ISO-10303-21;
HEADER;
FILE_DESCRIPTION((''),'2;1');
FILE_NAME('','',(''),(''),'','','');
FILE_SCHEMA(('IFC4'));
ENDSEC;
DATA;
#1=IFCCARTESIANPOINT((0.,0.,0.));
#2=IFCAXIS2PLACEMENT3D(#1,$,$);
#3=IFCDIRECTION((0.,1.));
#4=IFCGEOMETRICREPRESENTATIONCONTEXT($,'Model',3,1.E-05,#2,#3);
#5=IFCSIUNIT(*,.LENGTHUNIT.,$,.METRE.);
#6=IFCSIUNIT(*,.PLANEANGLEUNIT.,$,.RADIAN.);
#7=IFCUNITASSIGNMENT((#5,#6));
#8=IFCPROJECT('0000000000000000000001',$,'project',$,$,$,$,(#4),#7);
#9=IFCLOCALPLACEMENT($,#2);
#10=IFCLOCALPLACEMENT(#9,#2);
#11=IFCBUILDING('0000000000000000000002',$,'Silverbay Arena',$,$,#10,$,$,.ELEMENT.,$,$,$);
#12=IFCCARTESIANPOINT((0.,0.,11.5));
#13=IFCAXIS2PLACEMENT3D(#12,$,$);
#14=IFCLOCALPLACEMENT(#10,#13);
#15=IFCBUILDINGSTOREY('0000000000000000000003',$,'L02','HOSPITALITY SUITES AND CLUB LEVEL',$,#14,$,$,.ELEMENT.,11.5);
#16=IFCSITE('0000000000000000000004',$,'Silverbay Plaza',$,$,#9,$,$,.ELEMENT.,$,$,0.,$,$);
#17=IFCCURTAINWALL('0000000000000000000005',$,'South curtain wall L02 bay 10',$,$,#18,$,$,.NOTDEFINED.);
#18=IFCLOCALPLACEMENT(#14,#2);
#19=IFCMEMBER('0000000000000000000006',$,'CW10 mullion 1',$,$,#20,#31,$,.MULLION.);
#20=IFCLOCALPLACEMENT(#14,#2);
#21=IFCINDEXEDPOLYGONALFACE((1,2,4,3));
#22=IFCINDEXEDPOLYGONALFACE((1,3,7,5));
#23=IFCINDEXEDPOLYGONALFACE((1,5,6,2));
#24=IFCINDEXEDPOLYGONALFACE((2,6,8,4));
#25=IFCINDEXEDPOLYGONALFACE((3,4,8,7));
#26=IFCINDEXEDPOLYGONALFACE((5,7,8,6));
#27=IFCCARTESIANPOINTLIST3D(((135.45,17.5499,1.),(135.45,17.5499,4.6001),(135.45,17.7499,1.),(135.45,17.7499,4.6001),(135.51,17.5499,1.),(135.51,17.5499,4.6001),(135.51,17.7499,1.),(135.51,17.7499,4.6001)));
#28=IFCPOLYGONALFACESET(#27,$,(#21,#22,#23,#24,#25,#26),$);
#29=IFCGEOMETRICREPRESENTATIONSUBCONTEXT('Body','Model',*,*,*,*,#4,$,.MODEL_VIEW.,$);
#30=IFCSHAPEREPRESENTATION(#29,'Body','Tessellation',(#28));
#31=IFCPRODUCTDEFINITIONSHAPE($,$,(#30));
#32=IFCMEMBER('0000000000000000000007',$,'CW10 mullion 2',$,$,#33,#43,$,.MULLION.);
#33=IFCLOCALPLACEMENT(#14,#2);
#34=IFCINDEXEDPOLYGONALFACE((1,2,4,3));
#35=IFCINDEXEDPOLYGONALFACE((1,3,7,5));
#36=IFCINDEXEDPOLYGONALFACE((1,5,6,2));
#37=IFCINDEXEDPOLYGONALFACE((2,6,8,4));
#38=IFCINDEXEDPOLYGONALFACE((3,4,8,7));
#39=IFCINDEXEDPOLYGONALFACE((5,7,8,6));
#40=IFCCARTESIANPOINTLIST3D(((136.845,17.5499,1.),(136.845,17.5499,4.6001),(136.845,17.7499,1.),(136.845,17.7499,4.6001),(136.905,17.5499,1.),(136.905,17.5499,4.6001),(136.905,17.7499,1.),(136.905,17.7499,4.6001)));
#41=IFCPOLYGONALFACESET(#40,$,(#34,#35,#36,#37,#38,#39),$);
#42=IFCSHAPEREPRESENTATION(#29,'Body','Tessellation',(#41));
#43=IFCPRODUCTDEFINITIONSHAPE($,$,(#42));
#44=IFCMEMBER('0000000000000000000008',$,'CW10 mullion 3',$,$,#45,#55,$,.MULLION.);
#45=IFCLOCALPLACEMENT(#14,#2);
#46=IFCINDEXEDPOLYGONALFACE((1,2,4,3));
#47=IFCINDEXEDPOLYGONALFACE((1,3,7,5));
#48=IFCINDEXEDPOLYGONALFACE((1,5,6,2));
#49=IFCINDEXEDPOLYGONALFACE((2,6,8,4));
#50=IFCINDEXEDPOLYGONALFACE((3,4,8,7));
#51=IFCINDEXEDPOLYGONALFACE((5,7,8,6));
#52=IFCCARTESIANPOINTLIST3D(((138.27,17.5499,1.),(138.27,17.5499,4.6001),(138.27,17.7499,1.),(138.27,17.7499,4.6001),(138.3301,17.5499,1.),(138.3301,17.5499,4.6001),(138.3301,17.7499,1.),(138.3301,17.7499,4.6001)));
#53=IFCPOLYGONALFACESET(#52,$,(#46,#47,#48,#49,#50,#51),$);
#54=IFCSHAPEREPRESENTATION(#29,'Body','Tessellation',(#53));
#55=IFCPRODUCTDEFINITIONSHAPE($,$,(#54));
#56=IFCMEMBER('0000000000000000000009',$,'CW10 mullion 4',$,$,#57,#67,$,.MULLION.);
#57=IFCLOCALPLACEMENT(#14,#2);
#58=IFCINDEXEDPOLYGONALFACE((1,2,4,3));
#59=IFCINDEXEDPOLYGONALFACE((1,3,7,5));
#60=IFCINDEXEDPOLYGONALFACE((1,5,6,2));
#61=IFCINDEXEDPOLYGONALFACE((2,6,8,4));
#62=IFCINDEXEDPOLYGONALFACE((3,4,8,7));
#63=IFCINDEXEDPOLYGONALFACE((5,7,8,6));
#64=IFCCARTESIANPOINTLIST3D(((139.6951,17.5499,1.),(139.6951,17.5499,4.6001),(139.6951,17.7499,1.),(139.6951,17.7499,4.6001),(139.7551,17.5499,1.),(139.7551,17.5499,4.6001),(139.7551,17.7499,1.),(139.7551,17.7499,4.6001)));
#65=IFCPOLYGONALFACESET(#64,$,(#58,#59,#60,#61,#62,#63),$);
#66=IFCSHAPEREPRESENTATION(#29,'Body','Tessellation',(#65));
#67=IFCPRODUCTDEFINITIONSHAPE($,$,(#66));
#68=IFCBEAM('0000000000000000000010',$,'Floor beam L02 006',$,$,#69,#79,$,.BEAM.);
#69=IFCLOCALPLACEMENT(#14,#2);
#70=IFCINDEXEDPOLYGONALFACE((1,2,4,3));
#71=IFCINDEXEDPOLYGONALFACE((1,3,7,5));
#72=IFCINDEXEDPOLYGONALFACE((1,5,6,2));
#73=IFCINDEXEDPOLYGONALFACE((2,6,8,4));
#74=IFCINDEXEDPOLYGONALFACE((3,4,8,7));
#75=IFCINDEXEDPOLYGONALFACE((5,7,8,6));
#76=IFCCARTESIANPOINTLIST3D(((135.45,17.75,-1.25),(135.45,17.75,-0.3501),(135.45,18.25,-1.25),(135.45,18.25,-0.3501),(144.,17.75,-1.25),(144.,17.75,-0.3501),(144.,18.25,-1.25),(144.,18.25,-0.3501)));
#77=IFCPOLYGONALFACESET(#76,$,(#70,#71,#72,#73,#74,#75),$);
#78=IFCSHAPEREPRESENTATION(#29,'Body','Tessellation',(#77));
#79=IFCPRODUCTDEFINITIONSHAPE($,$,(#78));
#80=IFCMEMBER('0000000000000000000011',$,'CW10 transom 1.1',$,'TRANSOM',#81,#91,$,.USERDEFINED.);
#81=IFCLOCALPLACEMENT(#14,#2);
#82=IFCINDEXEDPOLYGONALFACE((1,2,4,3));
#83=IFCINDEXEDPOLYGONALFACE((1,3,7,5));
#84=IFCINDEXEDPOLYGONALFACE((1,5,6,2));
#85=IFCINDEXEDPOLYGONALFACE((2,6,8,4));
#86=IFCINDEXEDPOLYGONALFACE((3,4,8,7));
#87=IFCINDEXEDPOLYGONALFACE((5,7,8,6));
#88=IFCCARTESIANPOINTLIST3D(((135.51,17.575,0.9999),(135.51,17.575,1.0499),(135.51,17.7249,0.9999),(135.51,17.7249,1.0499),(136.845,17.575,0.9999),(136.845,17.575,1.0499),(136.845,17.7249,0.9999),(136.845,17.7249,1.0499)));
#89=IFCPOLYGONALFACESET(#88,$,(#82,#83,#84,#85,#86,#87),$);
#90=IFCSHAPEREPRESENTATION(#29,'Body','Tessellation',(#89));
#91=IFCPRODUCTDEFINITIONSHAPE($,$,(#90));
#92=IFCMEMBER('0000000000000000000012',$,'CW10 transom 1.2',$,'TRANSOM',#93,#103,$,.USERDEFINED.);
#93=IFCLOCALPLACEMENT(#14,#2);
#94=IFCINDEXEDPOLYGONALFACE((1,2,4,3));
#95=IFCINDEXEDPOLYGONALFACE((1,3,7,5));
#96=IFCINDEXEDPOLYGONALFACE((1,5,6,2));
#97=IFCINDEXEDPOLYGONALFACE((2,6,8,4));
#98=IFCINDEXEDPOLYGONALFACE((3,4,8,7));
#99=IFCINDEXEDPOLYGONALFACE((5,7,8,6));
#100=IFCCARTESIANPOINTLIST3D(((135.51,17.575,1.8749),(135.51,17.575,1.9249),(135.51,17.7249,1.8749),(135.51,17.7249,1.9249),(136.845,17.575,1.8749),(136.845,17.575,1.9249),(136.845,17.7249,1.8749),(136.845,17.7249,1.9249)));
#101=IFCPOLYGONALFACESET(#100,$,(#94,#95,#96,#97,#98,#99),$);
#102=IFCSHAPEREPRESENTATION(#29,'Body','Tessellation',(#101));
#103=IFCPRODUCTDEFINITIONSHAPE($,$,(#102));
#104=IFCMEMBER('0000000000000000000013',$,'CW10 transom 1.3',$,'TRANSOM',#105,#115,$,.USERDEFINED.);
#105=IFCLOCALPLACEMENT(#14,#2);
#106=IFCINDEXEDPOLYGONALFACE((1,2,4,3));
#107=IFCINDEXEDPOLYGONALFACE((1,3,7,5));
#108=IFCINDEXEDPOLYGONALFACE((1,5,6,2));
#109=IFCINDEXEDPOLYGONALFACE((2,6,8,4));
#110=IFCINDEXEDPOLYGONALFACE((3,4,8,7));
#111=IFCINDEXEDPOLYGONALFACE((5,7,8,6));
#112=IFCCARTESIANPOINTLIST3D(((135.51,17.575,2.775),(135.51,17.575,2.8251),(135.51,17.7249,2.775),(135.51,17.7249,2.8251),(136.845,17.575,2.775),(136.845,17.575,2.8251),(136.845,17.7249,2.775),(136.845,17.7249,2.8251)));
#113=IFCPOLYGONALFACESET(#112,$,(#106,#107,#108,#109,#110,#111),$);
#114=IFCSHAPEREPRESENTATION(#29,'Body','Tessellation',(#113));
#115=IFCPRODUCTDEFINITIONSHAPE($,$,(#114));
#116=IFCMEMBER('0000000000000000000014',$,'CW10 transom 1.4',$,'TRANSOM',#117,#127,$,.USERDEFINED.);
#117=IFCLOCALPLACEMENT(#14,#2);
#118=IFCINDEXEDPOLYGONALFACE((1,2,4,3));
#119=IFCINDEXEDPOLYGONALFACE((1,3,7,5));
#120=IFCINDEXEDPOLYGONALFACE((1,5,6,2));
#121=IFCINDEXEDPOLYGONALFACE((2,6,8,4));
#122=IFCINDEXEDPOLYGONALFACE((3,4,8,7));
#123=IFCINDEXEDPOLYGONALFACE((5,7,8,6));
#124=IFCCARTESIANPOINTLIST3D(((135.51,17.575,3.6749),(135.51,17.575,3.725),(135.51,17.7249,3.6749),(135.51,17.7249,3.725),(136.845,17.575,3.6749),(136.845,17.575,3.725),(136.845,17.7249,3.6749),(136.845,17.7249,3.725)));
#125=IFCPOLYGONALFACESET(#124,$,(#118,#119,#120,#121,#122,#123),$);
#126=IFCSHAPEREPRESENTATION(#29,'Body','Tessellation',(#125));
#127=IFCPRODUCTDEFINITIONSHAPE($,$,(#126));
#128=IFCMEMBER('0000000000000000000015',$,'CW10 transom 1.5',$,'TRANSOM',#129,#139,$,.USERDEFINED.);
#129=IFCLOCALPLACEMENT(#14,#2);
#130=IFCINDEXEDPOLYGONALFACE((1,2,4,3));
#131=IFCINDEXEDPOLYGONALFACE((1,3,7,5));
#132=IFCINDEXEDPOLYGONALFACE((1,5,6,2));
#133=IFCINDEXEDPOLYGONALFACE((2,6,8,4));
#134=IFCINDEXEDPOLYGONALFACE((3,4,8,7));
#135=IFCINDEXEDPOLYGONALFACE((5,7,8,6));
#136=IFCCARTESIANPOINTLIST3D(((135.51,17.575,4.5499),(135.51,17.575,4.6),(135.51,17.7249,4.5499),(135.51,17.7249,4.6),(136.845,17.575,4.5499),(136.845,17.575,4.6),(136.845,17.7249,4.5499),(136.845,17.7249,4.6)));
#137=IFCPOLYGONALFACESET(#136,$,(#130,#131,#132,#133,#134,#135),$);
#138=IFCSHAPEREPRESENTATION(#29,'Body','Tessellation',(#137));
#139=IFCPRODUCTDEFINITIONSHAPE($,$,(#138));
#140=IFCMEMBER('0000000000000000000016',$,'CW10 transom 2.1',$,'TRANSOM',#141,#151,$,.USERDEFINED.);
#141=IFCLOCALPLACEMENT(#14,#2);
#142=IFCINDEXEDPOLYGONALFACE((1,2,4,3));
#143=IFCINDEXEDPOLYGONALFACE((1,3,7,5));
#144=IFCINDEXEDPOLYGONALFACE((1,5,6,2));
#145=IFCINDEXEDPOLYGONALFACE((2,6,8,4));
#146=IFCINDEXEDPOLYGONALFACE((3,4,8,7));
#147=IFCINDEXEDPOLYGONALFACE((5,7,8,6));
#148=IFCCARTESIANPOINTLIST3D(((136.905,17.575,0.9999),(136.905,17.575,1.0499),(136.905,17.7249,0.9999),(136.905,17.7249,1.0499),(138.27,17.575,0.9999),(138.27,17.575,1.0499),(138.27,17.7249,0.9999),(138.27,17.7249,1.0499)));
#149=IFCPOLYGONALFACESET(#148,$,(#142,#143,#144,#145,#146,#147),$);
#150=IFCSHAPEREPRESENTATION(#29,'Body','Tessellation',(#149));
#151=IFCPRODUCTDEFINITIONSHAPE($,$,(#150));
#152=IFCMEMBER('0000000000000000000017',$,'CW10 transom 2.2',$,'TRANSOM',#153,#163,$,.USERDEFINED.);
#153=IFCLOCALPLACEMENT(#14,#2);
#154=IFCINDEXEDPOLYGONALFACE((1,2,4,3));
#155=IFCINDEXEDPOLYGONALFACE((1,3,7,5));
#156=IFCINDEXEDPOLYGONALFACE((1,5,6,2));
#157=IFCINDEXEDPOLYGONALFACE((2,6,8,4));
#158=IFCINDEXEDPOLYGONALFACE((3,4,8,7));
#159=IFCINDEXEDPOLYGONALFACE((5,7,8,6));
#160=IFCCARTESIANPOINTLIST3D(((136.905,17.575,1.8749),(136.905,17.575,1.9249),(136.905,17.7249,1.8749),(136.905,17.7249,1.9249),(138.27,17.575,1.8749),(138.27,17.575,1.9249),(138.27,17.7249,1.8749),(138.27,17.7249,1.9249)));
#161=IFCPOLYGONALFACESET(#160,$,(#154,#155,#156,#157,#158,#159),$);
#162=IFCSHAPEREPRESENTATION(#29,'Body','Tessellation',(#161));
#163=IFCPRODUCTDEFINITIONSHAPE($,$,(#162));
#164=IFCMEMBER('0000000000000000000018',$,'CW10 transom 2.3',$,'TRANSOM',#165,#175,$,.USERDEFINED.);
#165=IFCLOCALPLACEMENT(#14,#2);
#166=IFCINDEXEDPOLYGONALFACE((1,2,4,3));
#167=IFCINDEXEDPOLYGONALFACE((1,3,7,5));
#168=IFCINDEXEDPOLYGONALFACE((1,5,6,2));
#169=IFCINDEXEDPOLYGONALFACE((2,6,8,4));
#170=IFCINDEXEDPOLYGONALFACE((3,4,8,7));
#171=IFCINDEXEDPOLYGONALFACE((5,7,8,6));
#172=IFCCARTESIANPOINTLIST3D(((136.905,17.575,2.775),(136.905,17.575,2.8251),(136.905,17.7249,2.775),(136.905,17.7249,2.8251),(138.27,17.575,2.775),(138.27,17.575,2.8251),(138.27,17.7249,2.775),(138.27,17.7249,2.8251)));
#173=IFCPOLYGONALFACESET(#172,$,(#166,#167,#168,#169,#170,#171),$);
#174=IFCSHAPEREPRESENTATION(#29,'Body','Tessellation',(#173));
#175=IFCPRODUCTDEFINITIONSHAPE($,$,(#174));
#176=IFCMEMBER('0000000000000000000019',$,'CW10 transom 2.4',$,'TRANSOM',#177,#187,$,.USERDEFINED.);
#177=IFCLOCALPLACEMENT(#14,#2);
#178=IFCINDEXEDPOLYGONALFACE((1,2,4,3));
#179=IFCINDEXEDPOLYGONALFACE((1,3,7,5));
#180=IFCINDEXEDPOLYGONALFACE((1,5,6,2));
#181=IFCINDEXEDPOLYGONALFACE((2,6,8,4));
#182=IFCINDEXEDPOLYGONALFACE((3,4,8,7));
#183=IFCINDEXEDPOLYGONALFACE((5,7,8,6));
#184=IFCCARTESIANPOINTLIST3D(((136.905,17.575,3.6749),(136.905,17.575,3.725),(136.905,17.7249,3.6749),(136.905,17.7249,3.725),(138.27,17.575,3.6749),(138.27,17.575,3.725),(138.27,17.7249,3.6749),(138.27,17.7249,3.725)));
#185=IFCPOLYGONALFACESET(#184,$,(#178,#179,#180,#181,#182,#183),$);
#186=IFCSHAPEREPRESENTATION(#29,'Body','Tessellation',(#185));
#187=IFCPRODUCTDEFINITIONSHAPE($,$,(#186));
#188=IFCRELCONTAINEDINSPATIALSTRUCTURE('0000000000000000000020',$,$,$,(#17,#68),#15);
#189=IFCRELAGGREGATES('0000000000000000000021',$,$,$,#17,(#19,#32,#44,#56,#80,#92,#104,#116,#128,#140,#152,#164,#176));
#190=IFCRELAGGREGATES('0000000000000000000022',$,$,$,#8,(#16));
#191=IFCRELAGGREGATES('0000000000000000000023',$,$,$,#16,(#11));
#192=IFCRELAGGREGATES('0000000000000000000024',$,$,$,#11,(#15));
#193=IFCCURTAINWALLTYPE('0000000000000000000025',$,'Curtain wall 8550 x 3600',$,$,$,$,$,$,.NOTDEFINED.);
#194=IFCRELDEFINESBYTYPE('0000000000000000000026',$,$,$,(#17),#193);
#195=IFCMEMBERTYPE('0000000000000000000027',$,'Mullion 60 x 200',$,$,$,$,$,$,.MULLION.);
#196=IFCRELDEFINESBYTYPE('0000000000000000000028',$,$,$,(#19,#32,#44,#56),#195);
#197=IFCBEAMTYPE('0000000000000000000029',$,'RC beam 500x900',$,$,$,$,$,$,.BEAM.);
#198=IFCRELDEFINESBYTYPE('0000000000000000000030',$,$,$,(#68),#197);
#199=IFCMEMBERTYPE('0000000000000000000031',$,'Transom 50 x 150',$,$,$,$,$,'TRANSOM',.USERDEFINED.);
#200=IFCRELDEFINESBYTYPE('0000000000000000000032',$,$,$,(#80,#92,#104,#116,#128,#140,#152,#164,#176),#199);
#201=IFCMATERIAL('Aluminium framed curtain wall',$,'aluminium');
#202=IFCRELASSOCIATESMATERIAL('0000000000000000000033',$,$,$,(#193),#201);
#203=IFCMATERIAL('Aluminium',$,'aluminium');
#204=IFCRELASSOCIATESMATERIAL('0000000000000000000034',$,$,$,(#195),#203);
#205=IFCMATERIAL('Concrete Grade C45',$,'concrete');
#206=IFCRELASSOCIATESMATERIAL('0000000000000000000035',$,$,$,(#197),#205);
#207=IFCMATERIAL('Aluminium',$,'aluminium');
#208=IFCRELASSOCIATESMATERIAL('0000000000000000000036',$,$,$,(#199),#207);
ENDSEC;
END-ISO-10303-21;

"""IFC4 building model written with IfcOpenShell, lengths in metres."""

from ifc_helpers import new_model, si_unit, direction, frame, origin, origin_2d, place, context, subcontext, project, spatial, rectangle, extrude, material, material_profile, profile_set, type_object, element, aggregate, save


model = new_model("IFC4")

# Units and contexts
model_context = context("Model", 3, precision=1e-05, world=origin(), true_north=direction((0.0, 1.0)))
body_context = subcontext(model_context, "Body", "Model", "MODEL_VIEW")
ifc_project = project(units=[si_unit("LENGTHUNIT", "METRE"), si_unit("PLANEANGLEUNIT", "RADIAN")], contexts=[model_context])

# Site, building, storey
site_placement = place(None, origin())
site = spatial("IfcSite", under=ifc_project, at=site_placement, Name="Silverbay Plaza", CompositionType="ELEMENT", RefElevation=0.0)
building_placement = place(site_placement, origin())
building = spatial("IfcBuilding", under=site, at=building_placement, Name="Silverbay Arena", CompositionType="ELEMENT")
storey_placement = place(building_placement, frame((0.0, 0.0, 11.5)))
storey = spatial("IfcBuildingStorey", under=building, at=storey_placement, Name="L02", Description="HOSPITALITY SUITES AND CLUB LEVEL", CompositionType="ELEMENT", Elevation=11.5)

# Curtain wall, members
ifc_material_1 = material(Name="Aluminium framed curtain wall", Category="aluminium")
curtain_wall_type = type_object("IfcCurtainWallType", Name="Curtain wall 8550 x 3600", PredefinedType="NOTDEFINED", material=ifc_material_1)
curtain_wall_placement = place(storey_placement, origin())
curtain_wall = element("IfcCurtainWall", 1, at=curtain_wall_placement, inside=storey, type_object=curtain_wall_type, Name="South curtain wall L02 bay 10", PredefinedType="NOTDEFINED")
ifc_material_2 = material(Name="Aluminium", Category="aluminium")
ifc_material_profile_1 = material_profile(ifc_material_2, rectangle(XDim=0.2, YDim=0.0601, at=origin_2d()), Name="Mullion 60 x 200")
ifc_profile_set_1 = profile_set([ifc_material_profile_1], Name="Aluminium")
member_type_1 = type_object("IfcMemberType", Name="Mullion 60 x 200", PredefinedType="MULLION", material=ifc_profile_set_1)
member_1_placement = place(storey_placement, frame((135.48, 17.6499, 1.0), z_axis=(0.0, 0.0, 1.0), x_axis=(0.0, 1.0, 0.0)))
member_1 = element("IfcMember", 2, at=member_1_placement, type_object=member_type_1, Name="CW10 mullion 1", PredefinedType="MULLION", context=body_context, shape_type="SweptSolid", body=[
    extrude(rectangle(XDim=0.2, YDim=0.0601, at=origin_2d()), origin(), (0.0, 0.0, 1.0), 3.6001),
])
member_2_placement = place(storey_placement, frame((136.875, 17.6499, 1.0), z_axis=(0.0, 0.0, 1.0), x_axis=(0.0, 1.0, 0.0)))
member_2 = element("IfcMember", 3, at=member_2_placement, type_object=member_type_1, Name="CW10 mullion 2", PredefinedType="MULLION", context=body_context, shape_type="SweptSolid", body=[
    extrude(rectangle(XDim=0.2, YDim=0.0601, at=origin_2d()), origin(), (0.0, 0.0, 1.0), 3.6001),
])
member_3_placement = place(storey_placement, frame((138.3, 17.6499, 1.0), z_axis=(0.0, 0.0, 1.0), x_axis=(0.0, 1.0, 0.0)))
member_3 = element("IfcMember", 4, at=member_3_placement, type_object=member_type_1, Name="CW10 mullion 3", PredefinedType="MULLION", context=body_context, shape_type="SweptSolid", body=[
    extrude(rectangle(XDim=0.2, YDim=0.0601, at=origin_2d()), origin(), (0.0, 0.0, 1.0), 3.6001),
])
member_4_placement = place(storey_placement, frame((139.7251, 17.6499, 1.0), z_axis=(0.0, 0.0, 1.0), x_axis=(0.0, 1.0, 0.0)))
member_4 = element("IfcMember", 5, at=member_4_placement, type_object=member_type_1, Name="CW10 mullion 4", PredefinedType="MULLION", context=body_context, shape_type="SweptSolid", body=[
    extrude(rectangle(XDim=0.2, YDim=0.0601, at=origin_2d()), origin(), (0.0, 0.0, 1.0), 3.6001),
])

# Beam
ifc_material_3 = material(Name="Concrete Grade C45", Category="concrete")
ifc_material_profile_2 = material_profile(ifc_material_3, rectangle(XDim=0.5, YDim=0.8999, at=origin_2d()), Name="RC 500x900")
ifc_profile_set_2 = profile_set([ifc_material_profile_2], Name="Concrete Grade C45")
beam_type = type_object("IfcBeamType", Name="RC beam 500x900", PredefinedType="BEAM", material=ifc_profile_set_2)
beam_placement = place(storey_placement, frame((135.45, 18.0, -0.8), z_axis=(1.0, 0.0, 0.0), x_axis=(0.0, 1.0, 0.0)))
element("IfcBeam", 6, at=beam_placement, inside=storey, type_object=beam_type, Name="Floor beam L02 006", PredefinedType="BEAM", context=body_context, shape_type="SweptSolid", body=[
    extrude(rectangle(XDim=0.5, YDim=0.8999, at=origin_2d()), origin(), (0.0, 0.0, 1.0), 8.55),
])

# Members
ifc_material_4 = material(Name="Aluminium", Category="aluminium")
ifc_material_profile_3 = material_profile(ifc_material_4, rectangle(XDim=0.1499, YDim=0.05, at=origin_2d()), Name="Transom 50 x 150")
ifc_profile_set_3 = profile_set([ifc_material_profile_3], Name="Aluminium")
member_type_2 = type_object("IfcMemberType", Name="Transom 50 x 150", ElementType="TRANSOM", PredefinedType="USERDEFINED", material=ifc_profile_set_3)
member_5_placement = place(storey_placement, frame((135.51, 17.6499, 1.0249), z_axis=(1.0, 0.0, 0.0), x_axis=(0.0, 1.0, 0.0)))
member_5 = element("IfcMember", 7, at=member_5_placement, type_object=member_type_2, Name="CW10 transom 1.1", ObjectType="TRANSOM", PredefinedType="USERDEFINED", context=body_context, shape_type="SweptSolid", body=[
    extrude(rectangle(XDim=0.1499, YDim=0.05, at=origin_2d()), origin(), (0.0, 0.0, 1.0), 1.335),
])
member_6_placement = place(storey_placement, frame((135.51, 17.6499, 1.8999), z_axis=(1.0, 0.0, 0.0), x_axis=(0.0, 1.0, 0.0)))
member_6 = element("IfcMember", 8, at=member_6_placement, type_object=member_type_2, Name="CW10 transom 1.2", ObjectType="TRANSOM", PredefinedType="USERDEFINED", context=body_context, shape_type="SweptSolid", body=[
    extrude(rectangle(XDim=0.1499, YDim=0.05, at=origin_2d()), origin(), (0.0, 0.0, 1.0), 1.335),
])
member_7_placement = place(storey_placement, frame((135.51, 17.6499, 2.8), z_axis=(1.0, 0.0, 0.0), x_axis=(0.0, 1.0, 0.0)))
member_7 = element("IfcMember", 9, at=member_7_placement, type_object=member_type_2, Name="CW10 transom 1.3", ObjectType="TRANSOM", PredefinedType="USERDEFINED", context=body_context, shape_type="SweptSolid", body=[
    extrude(rectangle(XDim=0.1499, YDim=0.05, at=origin_2d()), origin(), (0.0, 0.0, 1.0), 1.335),
])
member_8_placement = place(storey_placement, frame((135.51, 17.6499, 3.7), z_axis=(1.0, 0.0, 0.0), x_axis=(0.0, 1.0, 0.0)))
member_8 = element("IfcMember", 10, at=member_8_placement, type_object=member_type_2, Name="CW10 transom 1.4", ObjectType="TRANSOM", PredefinedType="USERDEFINED", context=body_context, shape_type="SweptSolid", body=[
    extrude(rectangle(XDim=0.1499, YDim=0.05, at=origin_2d()), origin(), (0.0, 0.0, 1.0), 1.335),
])
member_9_placement = place(storey_placement, frame((135.51, 17.6499, 4.575), z_axis=(1.0, 0.0, 0.0), x_axis=(0.0, 1.0, 0.0)))
member_9 = element("IfcMember", 11, at=member_9_placement, type_object=member_type_2, Name="CW10 transom 1.5", ObjectType="TRANSOM", PredefinedType="USERDEFINED", context=body_context, shape_type="SweptSolid", body=[
    extrude(rectangle(XDim=0.1499, YDim=0.05, at=origin_2d()), origin(), (0.0, 0.0, 1.0), 1.335),
])
member_10_placement = place(storey_placement, frame((136.905, 17.6499, 1.0249), z_axis=(1.0, 0.0, 0.0), x_axis=(0.0, 1.0, 0.0)))
member_10 = element("IfcMember", 12, at=member_10_placement, type_object=member_type_2, Name="CW10 transom 2.1", ObjectType="TRANSOM", PredefinedType="USERDEFINED", context=body_context, shape_type="SweptSolid", body=[
    extrude(rectangle(XDim=0.1499, YDim=0.05, at=origin_2d()), origin(), (0.0, 0.0, 1.0), 1.365),
])
member_11_placement = place(storey_placement, frame((136.905, 17.6499, 1.8999), z_axis=(1.0, 0.0, 0.0), x_axis=(0.0, 1.0, 0.0)))
member_11 = element("IfcMember", 13, at=member_11_placement, type_object=member_type_2, Name="CW10 transom 2.2", ObjectType="TRANSOM", PredefinedType="USERDEFINED", context=body_context, shape_type="SweptSolid", body=[
    extrude(rectangle(XDim=0.1499, YDim=0.05, at=origin_2d()), origin(), (0.0, 0.0, 1.0), 1.365),
])
member_12_placement = place(storey_placement, frame((136.905, 17.6499, 2.8), z_axis=(1.0, 0.0, 0.0), x_axis=(0.0, 1.0, 0.0)))
member_12 = element("IfcMember", 14, at=member_12_placement, type_object=member_type_2, Name="CW10 transom 2.3", ObjectType="TRANSOM", PredefinedType="USERDEFINED", context=body_context, shape_type="SweptSolid", body=[
    extrude(rectangle(XDim=0.1499, YDim=0.05, at=origin_2d()), origin(), (0.0, 0.0, 1.0), 1.365),
])
member_13_placement = place(storey_placement, frame((136.905, 17.6499, 3.7), z_axis=(1.0, 0.0, 0.0), x_axis=(0.0, 1.0, 0.0)))
member_13 = element("IfcMember", 15, at=member_13_placement, type_object=member_type_2, Name="CW10 transom 2.4", ObjectType="TRANSOM", PredefinedType="USERDEFINED", context=body_context, shape_type="SweptSolid", body=[
    extrude(rectangle(XDim=0.1499, YDim=0.05, at=origin_2d()), origin(), (0.0, 0.0, 1.0), 1.365),
])

aggregate(curtain_wall, [member_1, member_2, member_3, member_4, member_5, member_6, member_7, member_8, member_9, member_10, member_11, member_12, member_13])

save(model, "model.ifc")
